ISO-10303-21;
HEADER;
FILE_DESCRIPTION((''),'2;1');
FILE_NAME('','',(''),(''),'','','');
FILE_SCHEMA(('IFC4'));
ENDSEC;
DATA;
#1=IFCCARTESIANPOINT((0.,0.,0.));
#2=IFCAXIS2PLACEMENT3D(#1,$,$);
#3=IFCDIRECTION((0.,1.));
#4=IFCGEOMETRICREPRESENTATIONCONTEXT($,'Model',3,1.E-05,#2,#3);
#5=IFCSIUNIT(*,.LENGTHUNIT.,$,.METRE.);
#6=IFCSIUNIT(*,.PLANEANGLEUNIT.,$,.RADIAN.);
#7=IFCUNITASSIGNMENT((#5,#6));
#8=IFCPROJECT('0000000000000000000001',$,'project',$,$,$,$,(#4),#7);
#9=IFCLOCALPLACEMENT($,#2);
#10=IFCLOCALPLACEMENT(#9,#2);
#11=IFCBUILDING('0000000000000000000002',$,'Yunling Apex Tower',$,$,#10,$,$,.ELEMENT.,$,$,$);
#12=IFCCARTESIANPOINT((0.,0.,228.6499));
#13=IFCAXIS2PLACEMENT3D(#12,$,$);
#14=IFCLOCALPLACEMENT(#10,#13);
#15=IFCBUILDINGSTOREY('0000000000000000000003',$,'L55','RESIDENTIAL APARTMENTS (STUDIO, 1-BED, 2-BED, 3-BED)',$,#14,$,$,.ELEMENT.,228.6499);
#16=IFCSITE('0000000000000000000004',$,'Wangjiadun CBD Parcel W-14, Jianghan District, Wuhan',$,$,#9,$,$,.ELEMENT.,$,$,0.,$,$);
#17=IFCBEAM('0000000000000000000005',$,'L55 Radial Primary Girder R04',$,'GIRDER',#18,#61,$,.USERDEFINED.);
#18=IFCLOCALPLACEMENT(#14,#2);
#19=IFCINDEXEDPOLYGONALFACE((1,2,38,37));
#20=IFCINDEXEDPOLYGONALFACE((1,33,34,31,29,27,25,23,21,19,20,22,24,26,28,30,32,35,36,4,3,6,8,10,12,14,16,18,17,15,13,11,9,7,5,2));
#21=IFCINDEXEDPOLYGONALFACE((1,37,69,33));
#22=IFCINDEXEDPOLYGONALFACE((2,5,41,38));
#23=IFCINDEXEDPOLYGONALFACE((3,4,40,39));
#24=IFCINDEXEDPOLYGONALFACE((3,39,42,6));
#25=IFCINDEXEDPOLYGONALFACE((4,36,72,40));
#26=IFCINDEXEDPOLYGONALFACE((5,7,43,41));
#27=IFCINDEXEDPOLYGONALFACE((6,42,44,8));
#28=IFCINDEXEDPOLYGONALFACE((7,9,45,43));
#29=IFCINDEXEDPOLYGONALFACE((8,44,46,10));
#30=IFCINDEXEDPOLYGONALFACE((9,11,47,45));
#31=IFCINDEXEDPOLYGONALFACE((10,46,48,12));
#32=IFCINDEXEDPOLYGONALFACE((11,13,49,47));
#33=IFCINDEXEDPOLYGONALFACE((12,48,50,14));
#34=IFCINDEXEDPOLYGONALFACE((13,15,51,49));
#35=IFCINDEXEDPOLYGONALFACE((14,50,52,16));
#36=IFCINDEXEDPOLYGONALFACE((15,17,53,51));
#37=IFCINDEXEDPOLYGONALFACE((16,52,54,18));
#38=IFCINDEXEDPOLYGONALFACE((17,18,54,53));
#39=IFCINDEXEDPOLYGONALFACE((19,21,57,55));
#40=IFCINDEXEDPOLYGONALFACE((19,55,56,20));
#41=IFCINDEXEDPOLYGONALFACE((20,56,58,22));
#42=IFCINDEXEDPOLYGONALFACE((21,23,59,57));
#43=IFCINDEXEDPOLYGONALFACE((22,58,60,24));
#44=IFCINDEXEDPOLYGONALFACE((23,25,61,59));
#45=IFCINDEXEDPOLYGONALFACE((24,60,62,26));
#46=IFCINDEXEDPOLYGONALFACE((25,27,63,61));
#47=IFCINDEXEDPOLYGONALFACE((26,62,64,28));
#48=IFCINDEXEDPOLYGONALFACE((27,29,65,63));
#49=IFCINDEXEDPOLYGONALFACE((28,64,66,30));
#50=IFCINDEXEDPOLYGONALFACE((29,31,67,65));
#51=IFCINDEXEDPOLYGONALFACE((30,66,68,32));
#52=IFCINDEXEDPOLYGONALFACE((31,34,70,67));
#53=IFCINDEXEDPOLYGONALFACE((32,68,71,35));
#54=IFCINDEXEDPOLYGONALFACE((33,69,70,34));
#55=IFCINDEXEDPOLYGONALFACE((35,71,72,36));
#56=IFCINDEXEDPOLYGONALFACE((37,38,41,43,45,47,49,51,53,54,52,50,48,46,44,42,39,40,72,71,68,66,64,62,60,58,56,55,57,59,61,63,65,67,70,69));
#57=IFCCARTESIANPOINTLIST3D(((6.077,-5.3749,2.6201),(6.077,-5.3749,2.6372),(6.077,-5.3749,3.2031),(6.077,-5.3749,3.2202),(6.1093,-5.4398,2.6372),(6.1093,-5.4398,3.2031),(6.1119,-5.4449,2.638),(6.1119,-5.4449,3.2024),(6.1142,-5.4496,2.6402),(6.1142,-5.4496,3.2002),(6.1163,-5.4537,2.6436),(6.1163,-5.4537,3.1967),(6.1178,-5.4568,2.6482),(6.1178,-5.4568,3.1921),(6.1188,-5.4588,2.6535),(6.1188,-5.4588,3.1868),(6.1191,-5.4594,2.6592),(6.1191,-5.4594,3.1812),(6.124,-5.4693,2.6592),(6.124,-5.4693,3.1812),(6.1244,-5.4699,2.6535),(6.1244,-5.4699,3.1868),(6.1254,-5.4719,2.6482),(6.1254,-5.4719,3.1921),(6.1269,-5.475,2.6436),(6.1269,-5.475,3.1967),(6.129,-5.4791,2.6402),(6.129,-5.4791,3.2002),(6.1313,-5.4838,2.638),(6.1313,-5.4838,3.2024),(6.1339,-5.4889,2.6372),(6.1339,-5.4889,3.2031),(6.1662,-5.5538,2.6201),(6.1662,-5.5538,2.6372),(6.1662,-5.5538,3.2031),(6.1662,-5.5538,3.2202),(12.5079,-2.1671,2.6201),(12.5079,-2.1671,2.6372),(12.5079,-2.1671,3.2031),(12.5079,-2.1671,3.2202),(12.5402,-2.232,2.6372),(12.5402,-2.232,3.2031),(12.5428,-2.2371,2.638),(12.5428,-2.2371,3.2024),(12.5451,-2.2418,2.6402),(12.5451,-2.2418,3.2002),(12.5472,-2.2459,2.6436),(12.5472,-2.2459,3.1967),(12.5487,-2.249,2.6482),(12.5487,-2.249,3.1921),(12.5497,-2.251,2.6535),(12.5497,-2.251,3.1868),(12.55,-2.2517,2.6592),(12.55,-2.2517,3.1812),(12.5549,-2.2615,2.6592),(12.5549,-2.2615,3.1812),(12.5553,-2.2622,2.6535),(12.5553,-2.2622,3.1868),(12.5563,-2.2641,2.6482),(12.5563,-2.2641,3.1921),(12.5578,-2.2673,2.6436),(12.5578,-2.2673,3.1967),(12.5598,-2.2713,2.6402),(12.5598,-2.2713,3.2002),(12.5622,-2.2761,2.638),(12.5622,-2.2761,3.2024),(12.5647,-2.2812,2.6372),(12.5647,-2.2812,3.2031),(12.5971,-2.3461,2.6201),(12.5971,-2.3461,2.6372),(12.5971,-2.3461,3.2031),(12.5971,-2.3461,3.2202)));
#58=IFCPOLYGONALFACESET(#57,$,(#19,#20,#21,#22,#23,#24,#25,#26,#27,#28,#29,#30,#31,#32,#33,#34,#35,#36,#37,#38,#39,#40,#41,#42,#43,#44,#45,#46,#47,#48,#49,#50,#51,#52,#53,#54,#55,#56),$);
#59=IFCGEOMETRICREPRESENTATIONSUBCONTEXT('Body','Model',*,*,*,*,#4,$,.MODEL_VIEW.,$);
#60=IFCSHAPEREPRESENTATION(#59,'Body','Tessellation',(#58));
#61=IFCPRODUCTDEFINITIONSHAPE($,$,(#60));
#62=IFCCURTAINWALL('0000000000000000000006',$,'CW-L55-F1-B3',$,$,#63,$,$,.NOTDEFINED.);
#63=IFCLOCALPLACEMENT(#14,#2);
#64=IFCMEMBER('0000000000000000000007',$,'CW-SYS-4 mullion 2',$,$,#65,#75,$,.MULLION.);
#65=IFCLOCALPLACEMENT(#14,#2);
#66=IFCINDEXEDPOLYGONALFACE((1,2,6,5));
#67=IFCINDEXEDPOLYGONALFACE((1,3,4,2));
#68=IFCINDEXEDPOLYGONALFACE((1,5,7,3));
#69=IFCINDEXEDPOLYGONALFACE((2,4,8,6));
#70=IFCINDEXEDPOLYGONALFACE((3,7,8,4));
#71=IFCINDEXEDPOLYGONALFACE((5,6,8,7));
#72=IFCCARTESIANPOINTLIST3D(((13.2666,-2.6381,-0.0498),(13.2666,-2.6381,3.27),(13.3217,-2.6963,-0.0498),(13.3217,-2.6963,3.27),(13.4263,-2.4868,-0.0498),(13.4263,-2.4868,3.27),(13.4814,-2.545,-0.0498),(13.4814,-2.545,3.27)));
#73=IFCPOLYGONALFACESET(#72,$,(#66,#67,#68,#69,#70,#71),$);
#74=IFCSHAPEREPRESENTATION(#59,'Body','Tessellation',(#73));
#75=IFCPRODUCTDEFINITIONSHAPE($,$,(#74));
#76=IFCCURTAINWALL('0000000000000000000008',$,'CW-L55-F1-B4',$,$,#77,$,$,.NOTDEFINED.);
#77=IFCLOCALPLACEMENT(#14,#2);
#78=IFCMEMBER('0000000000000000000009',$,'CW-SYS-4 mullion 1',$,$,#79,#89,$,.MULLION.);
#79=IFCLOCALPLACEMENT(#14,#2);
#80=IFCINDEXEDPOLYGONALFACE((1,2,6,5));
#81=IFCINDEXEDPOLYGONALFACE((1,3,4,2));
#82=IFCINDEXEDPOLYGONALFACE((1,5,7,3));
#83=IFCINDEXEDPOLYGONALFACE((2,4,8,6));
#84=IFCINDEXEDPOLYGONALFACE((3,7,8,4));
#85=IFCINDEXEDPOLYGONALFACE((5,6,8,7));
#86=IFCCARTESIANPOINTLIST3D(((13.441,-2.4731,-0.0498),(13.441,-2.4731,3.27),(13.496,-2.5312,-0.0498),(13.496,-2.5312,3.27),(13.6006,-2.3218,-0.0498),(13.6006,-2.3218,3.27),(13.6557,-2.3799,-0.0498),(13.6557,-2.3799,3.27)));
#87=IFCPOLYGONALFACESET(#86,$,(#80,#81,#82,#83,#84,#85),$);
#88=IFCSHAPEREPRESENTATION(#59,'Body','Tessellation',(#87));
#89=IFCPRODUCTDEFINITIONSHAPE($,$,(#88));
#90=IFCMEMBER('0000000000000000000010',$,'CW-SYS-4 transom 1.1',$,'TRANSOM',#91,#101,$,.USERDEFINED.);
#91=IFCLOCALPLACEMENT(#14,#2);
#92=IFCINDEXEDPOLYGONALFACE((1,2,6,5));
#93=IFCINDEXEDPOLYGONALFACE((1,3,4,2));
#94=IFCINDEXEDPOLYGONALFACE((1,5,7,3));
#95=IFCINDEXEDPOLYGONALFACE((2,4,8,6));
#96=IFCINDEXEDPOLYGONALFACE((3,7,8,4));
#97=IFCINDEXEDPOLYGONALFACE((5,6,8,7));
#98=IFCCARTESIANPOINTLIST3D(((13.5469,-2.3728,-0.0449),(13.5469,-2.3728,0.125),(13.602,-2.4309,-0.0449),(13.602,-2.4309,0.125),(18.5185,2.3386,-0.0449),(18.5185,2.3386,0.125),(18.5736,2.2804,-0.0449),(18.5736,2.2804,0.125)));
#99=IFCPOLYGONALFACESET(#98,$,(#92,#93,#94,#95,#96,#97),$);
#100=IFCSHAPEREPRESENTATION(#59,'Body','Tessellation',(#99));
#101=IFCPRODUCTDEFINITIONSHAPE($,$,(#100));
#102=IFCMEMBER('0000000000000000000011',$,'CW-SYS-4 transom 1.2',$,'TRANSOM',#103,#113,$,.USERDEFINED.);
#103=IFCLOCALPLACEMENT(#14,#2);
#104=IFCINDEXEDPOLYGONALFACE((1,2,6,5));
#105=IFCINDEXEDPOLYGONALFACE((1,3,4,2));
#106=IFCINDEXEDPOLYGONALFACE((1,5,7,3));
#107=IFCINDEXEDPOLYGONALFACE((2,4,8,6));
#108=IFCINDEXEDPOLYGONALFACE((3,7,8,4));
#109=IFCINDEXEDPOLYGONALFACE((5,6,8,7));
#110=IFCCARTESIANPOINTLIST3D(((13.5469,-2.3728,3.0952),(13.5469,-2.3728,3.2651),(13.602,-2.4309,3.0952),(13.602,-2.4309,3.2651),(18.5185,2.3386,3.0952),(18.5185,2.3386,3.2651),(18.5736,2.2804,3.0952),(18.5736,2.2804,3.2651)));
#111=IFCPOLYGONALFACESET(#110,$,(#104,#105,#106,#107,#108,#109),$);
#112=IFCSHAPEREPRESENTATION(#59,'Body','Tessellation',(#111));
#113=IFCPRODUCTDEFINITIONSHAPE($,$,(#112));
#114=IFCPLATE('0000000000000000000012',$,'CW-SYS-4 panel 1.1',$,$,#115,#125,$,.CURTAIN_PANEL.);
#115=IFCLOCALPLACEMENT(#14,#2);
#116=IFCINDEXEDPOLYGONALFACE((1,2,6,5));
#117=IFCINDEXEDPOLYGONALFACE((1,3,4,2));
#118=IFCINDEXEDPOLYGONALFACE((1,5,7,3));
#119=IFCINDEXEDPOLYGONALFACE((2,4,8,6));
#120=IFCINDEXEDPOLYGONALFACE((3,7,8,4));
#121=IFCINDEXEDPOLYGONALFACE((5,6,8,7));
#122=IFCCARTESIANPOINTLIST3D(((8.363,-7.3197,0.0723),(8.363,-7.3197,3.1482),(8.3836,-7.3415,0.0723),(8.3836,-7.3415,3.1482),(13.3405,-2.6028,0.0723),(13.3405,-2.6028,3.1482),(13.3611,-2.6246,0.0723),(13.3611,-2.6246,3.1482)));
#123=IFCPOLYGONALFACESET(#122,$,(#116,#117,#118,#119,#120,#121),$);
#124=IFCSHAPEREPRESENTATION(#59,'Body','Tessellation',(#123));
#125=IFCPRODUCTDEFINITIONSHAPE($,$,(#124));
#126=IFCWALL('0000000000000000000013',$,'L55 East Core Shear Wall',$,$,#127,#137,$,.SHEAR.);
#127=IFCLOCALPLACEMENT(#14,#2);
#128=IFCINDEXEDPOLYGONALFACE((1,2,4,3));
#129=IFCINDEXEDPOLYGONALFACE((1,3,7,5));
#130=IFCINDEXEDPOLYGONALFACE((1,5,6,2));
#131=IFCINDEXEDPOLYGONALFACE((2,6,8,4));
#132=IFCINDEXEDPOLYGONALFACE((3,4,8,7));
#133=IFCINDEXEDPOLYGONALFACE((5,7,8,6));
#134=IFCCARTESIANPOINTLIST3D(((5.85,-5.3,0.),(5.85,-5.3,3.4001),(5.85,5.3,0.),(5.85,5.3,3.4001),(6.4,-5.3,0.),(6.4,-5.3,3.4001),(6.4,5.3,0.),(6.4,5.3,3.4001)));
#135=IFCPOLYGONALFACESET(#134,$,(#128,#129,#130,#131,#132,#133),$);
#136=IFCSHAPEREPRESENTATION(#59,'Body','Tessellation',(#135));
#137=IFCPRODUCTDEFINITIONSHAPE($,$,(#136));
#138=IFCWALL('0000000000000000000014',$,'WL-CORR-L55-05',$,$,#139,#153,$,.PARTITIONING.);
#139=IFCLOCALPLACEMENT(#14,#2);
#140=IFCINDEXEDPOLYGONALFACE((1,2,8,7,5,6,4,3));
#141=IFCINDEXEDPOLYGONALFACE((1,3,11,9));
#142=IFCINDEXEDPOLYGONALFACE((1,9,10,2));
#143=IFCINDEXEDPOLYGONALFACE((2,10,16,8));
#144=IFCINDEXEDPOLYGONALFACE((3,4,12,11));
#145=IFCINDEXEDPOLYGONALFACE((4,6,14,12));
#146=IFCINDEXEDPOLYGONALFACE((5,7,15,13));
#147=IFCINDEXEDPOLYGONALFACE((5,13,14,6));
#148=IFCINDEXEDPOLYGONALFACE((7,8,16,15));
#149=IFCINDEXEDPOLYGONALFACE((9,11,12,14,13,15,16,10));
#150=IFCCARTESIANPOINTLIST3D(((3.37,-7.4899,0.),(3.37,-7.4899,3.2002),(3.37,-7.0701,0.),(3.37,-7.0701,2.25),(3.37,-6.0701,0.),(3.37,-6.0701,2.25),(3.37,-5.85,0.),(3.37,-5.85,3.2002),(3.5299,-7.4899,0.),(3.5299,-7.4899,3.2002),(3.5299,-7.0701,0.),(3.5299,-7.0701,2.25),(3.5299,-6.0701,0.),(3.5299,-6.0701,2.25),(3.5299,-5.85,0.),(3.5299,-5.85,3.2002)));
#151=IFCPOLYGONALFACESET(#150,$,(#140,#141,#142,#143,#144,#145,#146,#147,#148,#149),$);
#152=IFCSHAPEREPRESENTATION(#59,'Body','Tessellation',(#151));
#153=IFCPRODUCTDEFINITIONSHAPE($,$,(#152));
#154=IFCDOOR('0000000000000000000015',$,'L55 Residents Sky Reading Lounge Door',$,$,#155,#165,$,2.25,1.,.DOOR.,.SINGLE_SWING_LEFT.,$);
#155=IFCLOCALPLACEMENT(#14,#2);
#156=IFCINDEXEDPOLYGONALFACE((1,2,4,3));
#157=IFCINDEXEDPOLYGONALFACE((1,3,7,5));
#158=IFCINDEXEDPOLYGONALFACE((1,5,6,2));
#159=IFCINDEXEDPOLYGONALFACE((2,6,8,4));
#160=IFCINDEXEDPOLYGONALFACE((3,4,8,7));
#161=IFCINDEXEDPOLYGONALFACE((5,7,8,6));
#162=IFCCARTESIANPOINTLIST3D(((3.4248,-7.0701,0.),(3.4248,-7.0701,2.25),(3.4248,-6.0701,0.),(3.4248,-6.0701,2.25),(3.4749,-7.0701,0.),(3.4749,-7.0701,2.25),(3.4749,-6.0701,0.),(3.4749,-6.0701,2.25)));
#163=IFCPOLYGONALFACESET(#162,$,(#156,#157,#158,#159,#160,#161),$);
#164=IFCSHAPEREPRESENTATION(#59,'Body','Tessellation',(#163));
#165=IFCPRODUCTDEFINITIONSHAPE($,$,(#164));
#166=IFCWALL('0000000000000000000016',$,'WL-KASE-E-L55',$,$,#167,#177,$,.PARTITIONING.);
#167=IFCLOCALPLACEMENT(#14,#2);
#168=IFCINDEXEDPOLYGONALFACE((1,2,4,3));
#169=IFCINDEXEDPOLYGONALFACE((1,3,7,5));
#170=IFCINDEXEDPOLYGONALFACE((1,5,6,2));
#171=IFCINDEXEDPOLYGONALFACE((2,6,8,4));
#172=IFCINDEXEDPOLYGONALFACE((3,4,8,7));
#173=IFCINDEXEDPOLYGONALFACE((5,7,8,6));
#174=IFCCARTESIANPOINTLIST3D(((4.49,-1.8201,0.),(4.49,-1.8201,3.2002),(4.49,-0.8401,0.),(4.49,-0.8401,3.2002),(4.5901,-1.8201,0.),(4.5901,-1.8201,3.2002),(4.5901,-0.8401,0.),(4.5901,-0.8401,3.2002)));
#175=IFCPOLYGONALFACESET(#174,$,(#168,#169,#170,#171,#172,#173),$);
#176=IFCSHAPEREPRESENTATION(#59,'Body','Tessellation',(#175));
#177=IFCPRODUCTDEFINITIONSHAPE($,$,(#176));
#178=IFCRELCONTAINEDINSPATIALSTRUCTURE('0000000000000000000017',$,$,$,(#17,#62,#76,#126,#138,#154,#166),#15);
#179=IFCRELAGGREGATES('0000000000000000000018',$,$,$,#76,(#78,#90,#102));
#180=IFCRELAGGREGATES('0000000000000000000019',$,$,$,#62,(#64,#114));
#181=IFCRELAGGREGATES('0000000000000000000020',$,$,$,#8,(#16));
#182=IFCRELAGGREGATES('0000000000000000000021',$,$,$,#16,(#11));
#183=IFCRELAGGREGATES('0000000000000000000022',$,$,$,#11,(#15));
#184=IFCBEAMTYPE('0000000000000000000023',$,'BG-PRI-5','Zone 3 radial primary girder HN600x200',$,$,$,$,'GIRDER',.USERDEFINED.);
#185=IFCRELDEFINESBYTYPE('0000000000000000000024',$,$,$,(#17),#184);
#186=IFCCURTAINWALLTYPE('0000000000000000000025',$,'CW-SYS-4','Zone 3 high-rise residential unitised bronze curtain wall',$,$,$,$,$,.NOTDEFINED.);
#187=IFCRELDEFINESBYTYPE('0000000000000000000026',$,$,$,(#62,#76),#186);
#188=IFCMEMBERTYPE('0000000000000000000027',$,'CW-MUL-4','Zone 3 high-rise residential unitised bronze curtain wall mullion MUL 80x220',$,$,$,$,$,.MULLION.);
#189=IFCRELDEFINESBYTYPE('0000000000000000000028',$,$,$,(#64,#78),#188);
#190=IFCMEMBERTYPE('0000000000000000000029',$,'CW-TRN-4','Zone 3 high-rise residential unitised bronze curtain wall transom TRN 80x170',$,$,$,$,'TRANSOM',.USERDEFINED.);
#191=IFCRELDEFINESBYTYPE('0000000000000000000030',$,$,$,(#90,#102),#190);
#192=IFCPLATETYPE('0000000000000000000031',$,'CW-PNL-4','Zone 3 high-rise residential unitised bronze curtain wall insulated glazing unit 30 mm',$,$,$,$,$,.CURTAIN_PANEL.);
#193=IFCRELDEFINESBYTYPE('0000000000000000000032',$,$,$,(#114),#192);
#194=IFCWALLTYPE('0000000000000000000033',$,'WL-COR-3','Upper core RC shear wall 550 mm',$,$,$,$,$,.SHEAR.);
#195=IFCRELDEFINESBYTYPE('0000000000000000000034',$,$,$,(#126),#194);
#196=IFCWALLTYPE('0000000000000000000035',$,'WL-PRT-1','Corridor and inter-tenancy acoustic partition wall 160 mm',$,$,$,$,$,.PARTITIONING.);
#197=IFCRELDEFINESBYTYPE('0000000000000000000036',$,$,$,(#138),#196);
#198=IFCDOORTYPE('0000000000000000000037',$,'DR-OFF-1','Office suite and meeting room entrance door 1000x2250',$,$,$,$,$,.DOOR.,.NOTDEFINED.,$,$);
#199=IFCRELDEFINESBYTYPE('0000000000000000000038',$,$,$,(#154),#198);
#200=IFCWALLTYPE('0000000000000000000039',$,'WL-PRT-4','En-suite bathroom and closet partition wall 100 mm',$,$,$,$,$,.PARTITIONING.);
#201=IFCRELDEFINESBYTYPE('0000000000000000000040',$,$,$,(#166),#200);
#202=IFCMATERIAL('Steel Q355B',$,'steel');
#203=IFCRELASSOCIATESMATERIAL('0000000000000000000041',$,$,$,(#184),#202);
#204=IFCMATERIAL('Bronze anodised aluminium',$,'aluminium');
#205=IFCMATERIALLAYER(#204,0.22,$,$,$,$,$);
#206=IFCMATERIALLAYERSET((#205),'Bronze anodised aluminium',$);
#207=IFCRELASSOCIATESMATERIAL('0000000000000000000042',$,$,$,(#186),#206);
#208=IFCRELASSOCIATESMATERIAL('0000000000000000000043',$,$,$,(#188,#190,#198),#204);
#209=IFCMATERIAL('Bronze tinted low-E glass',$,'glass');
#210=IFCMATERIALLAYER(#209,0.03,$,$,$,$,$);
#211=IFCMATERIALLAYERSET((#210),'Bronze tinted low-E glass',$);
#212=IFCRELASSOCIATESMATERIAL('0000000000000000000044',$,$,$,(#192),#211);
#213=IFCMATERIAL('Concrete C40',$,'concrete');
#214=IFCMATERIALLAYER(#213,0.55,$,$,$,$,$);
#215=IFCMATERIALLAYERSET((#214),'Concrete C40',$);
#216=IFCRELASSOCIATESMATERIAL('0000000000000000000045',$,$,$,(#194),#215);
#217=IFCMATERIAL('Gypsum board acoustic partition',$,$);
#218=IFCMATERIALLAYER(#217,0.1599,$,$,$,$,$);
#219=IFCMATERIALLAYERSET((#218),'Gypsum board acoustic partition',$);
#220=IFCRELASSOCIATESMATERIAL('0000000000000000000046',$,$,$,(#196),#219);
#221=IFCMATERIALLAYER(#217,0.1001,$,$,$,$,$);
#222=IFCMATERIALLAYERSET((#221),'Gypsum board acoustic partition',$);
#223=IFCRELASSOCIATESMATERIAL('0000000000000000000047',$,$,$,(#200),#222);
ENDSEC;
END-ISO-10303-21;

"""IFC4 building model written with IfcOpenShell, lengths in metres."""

from ifc_helpers import new_model, si_unit, direction, frame, frame_2d, origin, origin_2d, place, context, subcontext, project, spatial, rectangle, i_section, extrude, source, transform, mapped, material, layer, layer_set, material_profile, profile_set, type_object, element, fill, aggregate, save


model = new_model("IFC4")

# Units and contexts
model_context = context("Model", 3, precision=1e-05, world=origin(), true_north=direction((0.0, 1.0)))
body_context = subcontext(model_context, "Body", "Model", "MODEL_VIEW")
ifc_project = project(units=[si_unit("LENGTHUNIT", "METRE"), si_unit("PLANEANGLEUNIT", "RADIAN")], contexts=[model_context])

# Site, building, storey
site_placement = place(None, origin())
site = spatial("IfcSite", under=ifc_project, at=site_placement, Name="Wangjiadun CBD Parcel W-14, Jianghan District, Wuhan", CompositionType="ELEMENT", RefElevation=0.0)
building_placement = place(site_placement, origin())
building = spatial("IfcBuilding", under=site, at=building_placement, Name="Yunling Apex Tower", CompositionType="ELEMENT")
storey_placement = place(building_placement, frame((0.0, 0.0, 228.6499)))
storey = spatial("IfcBuildingStorey", under=building, at=storey_placement, Name="L55", Description="RESIDENTIAL APARTMENTS (STUDIO, 1-BED, 2-BED, 3-BED)", CompositionType="ELEMENT", Elevation=228.6499)

# Beam
ifc_material_1 = material(Name="Steel Q355B", Category="steel")
ifc_material_profile_1 = material_profile(ifc_material_1, i_section(OverallWidth=0.2, OverallDepth=0.6001, WebThickness=0.011, FlangeThickness=0.0171, FilletRadius=0.022, at=origin_2d()))
ifc_profile_set_1 = profile_set([ifc_material_profile_1], Name="Steel Q355B")
beam_type_1 = type_object("IfcBeamType", Name="BG-PRI-5", Description="Zone 3 radial primary girder HN600x200", ElementType="GIRDER", PredefinedType="USERDEFINED", material=ifc_profile_set_1)
shared_shape_1 = source(origin(), body_context, "Body", "SweptSolid", [
    extrude(i_section(OverallWidth=0.2, OverallDepth=0.6001, WebThickness=0.011, FlangeThickness=0.0171, FilletRadius=0.022, at=origin_2d()), origin(), (0.0, 0.0, 1.0), 7.1865),
])
beam_1_placement = place(storey_placement, frame((12.5525, -2.2566, 2.9202), z_axis=(-0.894855, -0.446357, 0.0), x_axis=(0.446357, -0.894855, 0.0)))
element("IfcBeam", 1, at=beam_1_placement, inside=storey, type_object=beam_type_1, Name="L55 Radial Primary Girder R04", ObjectType="GIRDER", PredefinedType="USERDEFINED", context=body_context, shape_type="MappedRepresentation", body=[
    mapped(shared_shape_1, transform((0.0, 0.0, 0.0), scale=1.0)),
])

# Curtain wall, member
ifc_material_2 = material(Name="Bronze anodised aluminium", Category="aluminium")
ifc_layer_1 = layer(ifc_material_2, 0.22)
ifc_layer_set_1 = layer_set([ifc_layer_1], Name="Bronze anodised aluminium")
curtain_wall_type = type_object("IfcCurtainWallType", Name="CW-SYS-4", Description="Zone 3 high-rise residential unitised bronze curtain wall", PredefinedType="NOTDEFINED", material=ifc_layer_set_1)
curtain_wall_1_placement = place(storey_placement, origin())
curtain_wall_1 = element("IfcCurtainWall", 2, at=curtain_wall_1_placement, inside=storey, type_object=curtain_wall_type, Name="CW-L55-F1-B3", PredefinedType="NOTDEFINED")
ifc_material_profile_2 = material_profile(ifc_material_2, rectangle(XDim=0.0801, YDim=0.22, at=origin_2d()))
ifc_profile_set_2 = profile_set([ifc_material_profile_2], Name="Bronze anodised aluminium")
member_type_1 = type_object("IfcMemberType", Name="CW-MUL-4", Description="Zone 3 high-rise residential unitised bronze curtain wall mullion MUL 80x220", PredefinedType="MULLION", material=ifc_profile_set_2)
shared_shape_2 = source(origin(), body_context, "Body", "SweptSolid", [
    extrude(rectangle(XDim=0.0801, YDim=0.22, at=origin_2d()), origin(), (0.0, 0.0, 1.0), 3.3198),
])
member_1_placement = place(storey_placement, frame((13.374, -2.5916, -0.0498), z_axis=(0.0, 0.0, 1.0), x_axis=(-0.687848, 0.725855, 0.0)))
member_1 = element("IfcMember", 3, at=member_1_placement, type_object=member_type_1, Name="CW-SYS-4 mullion 2", PredefinedType="MULLION", context=body_context, shape_type="MappedRepresentation", body=[
    mapped(shared_shape_2, transform((0.0, 0.0, 0.0), scale=1.0)),
])

# Curtain wall, members
curtain_wall_2_placement = place(storey_placement, origin())
curtain_wall_2 = element("IfcCurtainWall", 4, at=curtain_wall_2_placement, inside=storey, type_object=curtain_wall_type, Name="CW-L55-F1-B4", PredefinedType="NOTDEFINED")
member_2_placement = place(storey_placement, frame((13.5483, -2.4265, -0.0498), z_axis=(0.0, 0.0, 1.0), x_axis=(-0.687848, 0.725855, 0.0)))
member_2 = element("IfcMember", 5, at=member_2_placement, type_object=member_type_1, Name="CW-SYS-4 mullion 1", PredefinedType="MULLION", context=body_context, shape_type="MappedRepresentation", body=[
    mapped(shared_shape_2, transform((0.0, 0.0, 0.0), scale=1.0)),
])
ifc_material_profile_3 = material_profile(ifc_material_2, rectangle(XDim=0.0801, YDim=0.1699, at=origin_2d()))
ifc_profile_set_3 = profile_set([ifc_material_profile_3], Name="Bronze anodised aluminium")
member_type_2 = type_object("IfcMemberType", Name="CW-TRN-4", Description="Zone 3 high-rise residential unitised bronze curtain wall transom TRN 80x170", ElementType="TRANSOM", PredefinedType="USERDEFINED", material=ifc_profile_set_3)
shared_shape_3 = source(origin(), body_context, "Body", "SweptSolid", [
    extrude(rectangle(XDim=0.0801, YDim=0.1699, at=origin_2d()), origin(), (0.0, 0.0, 1.0), 6.8494),
])
member_3_placement = place(storey_placement, frame((13.5745, -2.4019, 0.04), z_axis=(0.72585, 0.687853, 0.0), x_axis=(-0.687853, 0.72585, 0.0)))
member_3 = element("IfcMember", 6, at=member_3_placement, type_object=member_type_2, Name="CW-SYS-4 transom 1.1", ObjectType="TRANSOM", PredefinedType="USERDEFINED", context=body_context, shape_type="MappedRepresentation", body=[
    mapped(shared_shape_3, transform((0.0, 0.0, 0.0), scale=1.0)),
])
member_4_placement = place(storey_placement, frame((13.5745, -2.4019, 3.1802), z_axis=(0.72585, 0.687853, 0.0), x_axis=(-0.687853, 0.72585, 0.0)))
member_4 = element("IfcMember", 7, at=member_4_placement, type_object=member_type_2, Name="CW-SYS-4 transom 1.2", ObjectType="TRANSOM", PredefinedType="USERDEFINED", context=body_context, shape_type="MappedRepresentation", body=[
    mapped(shared_shape_3, transform((0.0, 0.0, 0.0), scale=1.0)),
])
aggregate(curtain_wall_2, [member_2, member_3, member_4])

# Plate
ifc_material_3 = material(Name="Bronze tinted low-E glass", Category="glass")
ifc_layer_2 = layer(ifc_material_3, 0.03)
ifc_layer_set_2 = layer_set([ifc_layer_2], Name="Bronze tinted low-E glass")
plate_type = type_object("IfcPlateType", Name="CW-PNL-4", Description="Zone 3 high-rise residential unitised bronze curtain wall insulated glazing unit 30 mm", PredefinedType="CURTAIN_PANEL", material=ifc_layer_set_2)
shared_shape_4 = source(origin(), body_context, "Body", "SweptSolid", [
    extrude(rectangle(XDim=6.8574, YDim=0.03, at=origin_2d()), origin(), (0.0, 0.0, 1.0), 3.0759),
])
plate_placement = place(storey_placement, frame((10.8621, -4.9722, 0.0723), z_axis=(0.0, 0.0, 1.0), x_axis=(0.725855, 0.687848, 0.0)))
plate = element("IfcPlate", 8, at=plate_placement, type_object=plate_type, Name="CW-SYS-4 panel 1.1", PredefinedType="CURTAIN_PANEL", context=body_context, shape_type="MappedRepresentation", body=[
    mapped(shared_shape_4, transform((0.0, 0.0, 0.0), scale=1.0)),
])
aggregate(curtain_wall_1, [member_1, plate])

# Wall
ifc_material_4 = material(Name="Concrete C40", Category="concrete")
ifc_layer_3 = layer(ifc_material_4, 0.55)
ifc_layer_set_3 = layer_set([ifc_layer_3], Name="Concrete C40")
wall_type_1 = type_object("IfcWallType", Name="WL-COR-3", Description="Upper core RC shear wall 550 mm", PredefinedType="SHEAR", material=ifc_layer_set_3)
wall_1_placement = place(storey_placement, frame((6.125, -5.3, 0.0), z_axis=(0.0, 0.0, 1.0), x_axis=(0.0, 1.0, 0.0)))
element("IfcWall", 9, at=wall_1_placement, inside=storey, type_object=wall_type_1, Name="L55 East Core Shear Wall", PredefinedType="SHEAR", context=body_context, shape_type="SweptSolid", body=[
    extrude(rectangle(XDim=10.6001, YDim=0.55, at=frame_2d((5.3, 0.0))), origin(), (0.0, 0.0, 1.0), 3.4001),
])

# Wall, opening, door
ifc_material_5 = material(Name="Gypsum board acoustic partition")
ifc_layer_4 = layer(ifc_material_5, 0.1599)
ifc_layer_set_4 = layer_set([ifc_layer_4], Name="Gypsum board acoustic partition")
wall_type_2 = type_object("IfcWallType", Name="WL-PRT-1", Description="Corridor and inter-tenancy acoustic partition wall 160 mm", PredefinedType="PARTITIONING", material=ifc_layer_set_4)
wall_2_placement = place(storey_placement, frame((3.45, -5.8501, 0.0), z_axis=(0.0, 0.0, 1.0), x_axis=(0.0, -1.0, 0.0)))
wall_2 = element("IfcWall", 10, at=wall_2_placement, inside=storey, type_object=wall_type_2, Name="WL-CORR-L55-05", PredefinedType="PARTITIONING", context=body_context, shape_type="SweptSolid", body=[
    extrude(rectangle(XDim=1.6399, YDim=0.1599, at=frame_2d((0.8198, 0.0))), origin(), (0.0, 0.0, 1.0), 3.2002),
])
opening_1_placement = place(wall_2_placement, frame((0.22, 0.0, 0.0)))
opening_1 = element("IfcOpeningElement", 11, at=opening_1_placement, cuts=wall_2, PredefinedType="OPENING", context=body_context, shape_type="SweptSolid", body=[
    extrude(rectangle(XDim=1.0, YDim=2.25, at=frame_2d((0.5, 1.125))), frame((0.0, 0.0898, 0.0), z_axis=(0.0, -1.0, 0.0), x_axis=(1.0, 0.0, 0.0)), (0.0, 0.0, 1.0), 0.1799),
])
door_type_1 = type_object("IfcDoorType", Name="DR-OFF-1", Description="Office suite and meeting room entrance door 1000x2250", OperationType="NOTDEFINED", PredefinedType="DOOR", material=ifc_material_2)
door_1_placement = place(opening_1_placement, origin())
door_1 = element("IfcDoor", 12, at=door_1_placement, inside=storey, type_object=door_type_1, Name="L55 Residents Sky Reading Lounge Door", OperationType="SINGLE_SWING_LEFT", OverallHeight=2.25, OverallWidth=1.0, PredefinedType="DOOR", context=body_context, shape_type="SweptSolid", body=[
    extrude(rectangle(XDim=1.0, YDim=2.25, at=frame_2d((0.5, 1.125))), frame((0.0, 0.0249, 0.0), z_axis=(0.0, -1.0, 0.0), x_axis=(1.0, 0.0, 0.0)), (0.0, 0.0, 1.0), 0.05),
])
fill(opening_1, door_1)

# Wall
ifc_layer_5 = layer(ifc_material_5, 0.1001)
ifc_layer_set_5 = layer_set([ifc_layer_5], Name="Gypsum board acoustic partition")
wall_type_3 = type_object("IfcWallType", Name="WL-PRT-4", Description="En-suite bathroom and closet partition wall 100 mm", PredefinedType="PARTITIONING", material=ifc_layer_set_5)
wall_3_placement = place(storey_placement, frame((4.54, -1.8201, 0.0), z_axis=(0.0, 0.0, 1.0), x_axis=(0.0, 1.0, 0.0)))
element("IfcWall", 13, at=wall_3_placement, inside=storey, type_object=wall_type_3, Name="WL-KASE-E-L55", PredefinedType="PARTITIONING", context=body_context, shape_type="SweptSolid", body=[
    extrude(rectangle(XDim=0.98, YDim=0.1001, at=frame_2d((0.49, 0.0))), origin(), (0.0, 0.0, 1.0), 3.2002),
])

save(model, "model.ifc")
